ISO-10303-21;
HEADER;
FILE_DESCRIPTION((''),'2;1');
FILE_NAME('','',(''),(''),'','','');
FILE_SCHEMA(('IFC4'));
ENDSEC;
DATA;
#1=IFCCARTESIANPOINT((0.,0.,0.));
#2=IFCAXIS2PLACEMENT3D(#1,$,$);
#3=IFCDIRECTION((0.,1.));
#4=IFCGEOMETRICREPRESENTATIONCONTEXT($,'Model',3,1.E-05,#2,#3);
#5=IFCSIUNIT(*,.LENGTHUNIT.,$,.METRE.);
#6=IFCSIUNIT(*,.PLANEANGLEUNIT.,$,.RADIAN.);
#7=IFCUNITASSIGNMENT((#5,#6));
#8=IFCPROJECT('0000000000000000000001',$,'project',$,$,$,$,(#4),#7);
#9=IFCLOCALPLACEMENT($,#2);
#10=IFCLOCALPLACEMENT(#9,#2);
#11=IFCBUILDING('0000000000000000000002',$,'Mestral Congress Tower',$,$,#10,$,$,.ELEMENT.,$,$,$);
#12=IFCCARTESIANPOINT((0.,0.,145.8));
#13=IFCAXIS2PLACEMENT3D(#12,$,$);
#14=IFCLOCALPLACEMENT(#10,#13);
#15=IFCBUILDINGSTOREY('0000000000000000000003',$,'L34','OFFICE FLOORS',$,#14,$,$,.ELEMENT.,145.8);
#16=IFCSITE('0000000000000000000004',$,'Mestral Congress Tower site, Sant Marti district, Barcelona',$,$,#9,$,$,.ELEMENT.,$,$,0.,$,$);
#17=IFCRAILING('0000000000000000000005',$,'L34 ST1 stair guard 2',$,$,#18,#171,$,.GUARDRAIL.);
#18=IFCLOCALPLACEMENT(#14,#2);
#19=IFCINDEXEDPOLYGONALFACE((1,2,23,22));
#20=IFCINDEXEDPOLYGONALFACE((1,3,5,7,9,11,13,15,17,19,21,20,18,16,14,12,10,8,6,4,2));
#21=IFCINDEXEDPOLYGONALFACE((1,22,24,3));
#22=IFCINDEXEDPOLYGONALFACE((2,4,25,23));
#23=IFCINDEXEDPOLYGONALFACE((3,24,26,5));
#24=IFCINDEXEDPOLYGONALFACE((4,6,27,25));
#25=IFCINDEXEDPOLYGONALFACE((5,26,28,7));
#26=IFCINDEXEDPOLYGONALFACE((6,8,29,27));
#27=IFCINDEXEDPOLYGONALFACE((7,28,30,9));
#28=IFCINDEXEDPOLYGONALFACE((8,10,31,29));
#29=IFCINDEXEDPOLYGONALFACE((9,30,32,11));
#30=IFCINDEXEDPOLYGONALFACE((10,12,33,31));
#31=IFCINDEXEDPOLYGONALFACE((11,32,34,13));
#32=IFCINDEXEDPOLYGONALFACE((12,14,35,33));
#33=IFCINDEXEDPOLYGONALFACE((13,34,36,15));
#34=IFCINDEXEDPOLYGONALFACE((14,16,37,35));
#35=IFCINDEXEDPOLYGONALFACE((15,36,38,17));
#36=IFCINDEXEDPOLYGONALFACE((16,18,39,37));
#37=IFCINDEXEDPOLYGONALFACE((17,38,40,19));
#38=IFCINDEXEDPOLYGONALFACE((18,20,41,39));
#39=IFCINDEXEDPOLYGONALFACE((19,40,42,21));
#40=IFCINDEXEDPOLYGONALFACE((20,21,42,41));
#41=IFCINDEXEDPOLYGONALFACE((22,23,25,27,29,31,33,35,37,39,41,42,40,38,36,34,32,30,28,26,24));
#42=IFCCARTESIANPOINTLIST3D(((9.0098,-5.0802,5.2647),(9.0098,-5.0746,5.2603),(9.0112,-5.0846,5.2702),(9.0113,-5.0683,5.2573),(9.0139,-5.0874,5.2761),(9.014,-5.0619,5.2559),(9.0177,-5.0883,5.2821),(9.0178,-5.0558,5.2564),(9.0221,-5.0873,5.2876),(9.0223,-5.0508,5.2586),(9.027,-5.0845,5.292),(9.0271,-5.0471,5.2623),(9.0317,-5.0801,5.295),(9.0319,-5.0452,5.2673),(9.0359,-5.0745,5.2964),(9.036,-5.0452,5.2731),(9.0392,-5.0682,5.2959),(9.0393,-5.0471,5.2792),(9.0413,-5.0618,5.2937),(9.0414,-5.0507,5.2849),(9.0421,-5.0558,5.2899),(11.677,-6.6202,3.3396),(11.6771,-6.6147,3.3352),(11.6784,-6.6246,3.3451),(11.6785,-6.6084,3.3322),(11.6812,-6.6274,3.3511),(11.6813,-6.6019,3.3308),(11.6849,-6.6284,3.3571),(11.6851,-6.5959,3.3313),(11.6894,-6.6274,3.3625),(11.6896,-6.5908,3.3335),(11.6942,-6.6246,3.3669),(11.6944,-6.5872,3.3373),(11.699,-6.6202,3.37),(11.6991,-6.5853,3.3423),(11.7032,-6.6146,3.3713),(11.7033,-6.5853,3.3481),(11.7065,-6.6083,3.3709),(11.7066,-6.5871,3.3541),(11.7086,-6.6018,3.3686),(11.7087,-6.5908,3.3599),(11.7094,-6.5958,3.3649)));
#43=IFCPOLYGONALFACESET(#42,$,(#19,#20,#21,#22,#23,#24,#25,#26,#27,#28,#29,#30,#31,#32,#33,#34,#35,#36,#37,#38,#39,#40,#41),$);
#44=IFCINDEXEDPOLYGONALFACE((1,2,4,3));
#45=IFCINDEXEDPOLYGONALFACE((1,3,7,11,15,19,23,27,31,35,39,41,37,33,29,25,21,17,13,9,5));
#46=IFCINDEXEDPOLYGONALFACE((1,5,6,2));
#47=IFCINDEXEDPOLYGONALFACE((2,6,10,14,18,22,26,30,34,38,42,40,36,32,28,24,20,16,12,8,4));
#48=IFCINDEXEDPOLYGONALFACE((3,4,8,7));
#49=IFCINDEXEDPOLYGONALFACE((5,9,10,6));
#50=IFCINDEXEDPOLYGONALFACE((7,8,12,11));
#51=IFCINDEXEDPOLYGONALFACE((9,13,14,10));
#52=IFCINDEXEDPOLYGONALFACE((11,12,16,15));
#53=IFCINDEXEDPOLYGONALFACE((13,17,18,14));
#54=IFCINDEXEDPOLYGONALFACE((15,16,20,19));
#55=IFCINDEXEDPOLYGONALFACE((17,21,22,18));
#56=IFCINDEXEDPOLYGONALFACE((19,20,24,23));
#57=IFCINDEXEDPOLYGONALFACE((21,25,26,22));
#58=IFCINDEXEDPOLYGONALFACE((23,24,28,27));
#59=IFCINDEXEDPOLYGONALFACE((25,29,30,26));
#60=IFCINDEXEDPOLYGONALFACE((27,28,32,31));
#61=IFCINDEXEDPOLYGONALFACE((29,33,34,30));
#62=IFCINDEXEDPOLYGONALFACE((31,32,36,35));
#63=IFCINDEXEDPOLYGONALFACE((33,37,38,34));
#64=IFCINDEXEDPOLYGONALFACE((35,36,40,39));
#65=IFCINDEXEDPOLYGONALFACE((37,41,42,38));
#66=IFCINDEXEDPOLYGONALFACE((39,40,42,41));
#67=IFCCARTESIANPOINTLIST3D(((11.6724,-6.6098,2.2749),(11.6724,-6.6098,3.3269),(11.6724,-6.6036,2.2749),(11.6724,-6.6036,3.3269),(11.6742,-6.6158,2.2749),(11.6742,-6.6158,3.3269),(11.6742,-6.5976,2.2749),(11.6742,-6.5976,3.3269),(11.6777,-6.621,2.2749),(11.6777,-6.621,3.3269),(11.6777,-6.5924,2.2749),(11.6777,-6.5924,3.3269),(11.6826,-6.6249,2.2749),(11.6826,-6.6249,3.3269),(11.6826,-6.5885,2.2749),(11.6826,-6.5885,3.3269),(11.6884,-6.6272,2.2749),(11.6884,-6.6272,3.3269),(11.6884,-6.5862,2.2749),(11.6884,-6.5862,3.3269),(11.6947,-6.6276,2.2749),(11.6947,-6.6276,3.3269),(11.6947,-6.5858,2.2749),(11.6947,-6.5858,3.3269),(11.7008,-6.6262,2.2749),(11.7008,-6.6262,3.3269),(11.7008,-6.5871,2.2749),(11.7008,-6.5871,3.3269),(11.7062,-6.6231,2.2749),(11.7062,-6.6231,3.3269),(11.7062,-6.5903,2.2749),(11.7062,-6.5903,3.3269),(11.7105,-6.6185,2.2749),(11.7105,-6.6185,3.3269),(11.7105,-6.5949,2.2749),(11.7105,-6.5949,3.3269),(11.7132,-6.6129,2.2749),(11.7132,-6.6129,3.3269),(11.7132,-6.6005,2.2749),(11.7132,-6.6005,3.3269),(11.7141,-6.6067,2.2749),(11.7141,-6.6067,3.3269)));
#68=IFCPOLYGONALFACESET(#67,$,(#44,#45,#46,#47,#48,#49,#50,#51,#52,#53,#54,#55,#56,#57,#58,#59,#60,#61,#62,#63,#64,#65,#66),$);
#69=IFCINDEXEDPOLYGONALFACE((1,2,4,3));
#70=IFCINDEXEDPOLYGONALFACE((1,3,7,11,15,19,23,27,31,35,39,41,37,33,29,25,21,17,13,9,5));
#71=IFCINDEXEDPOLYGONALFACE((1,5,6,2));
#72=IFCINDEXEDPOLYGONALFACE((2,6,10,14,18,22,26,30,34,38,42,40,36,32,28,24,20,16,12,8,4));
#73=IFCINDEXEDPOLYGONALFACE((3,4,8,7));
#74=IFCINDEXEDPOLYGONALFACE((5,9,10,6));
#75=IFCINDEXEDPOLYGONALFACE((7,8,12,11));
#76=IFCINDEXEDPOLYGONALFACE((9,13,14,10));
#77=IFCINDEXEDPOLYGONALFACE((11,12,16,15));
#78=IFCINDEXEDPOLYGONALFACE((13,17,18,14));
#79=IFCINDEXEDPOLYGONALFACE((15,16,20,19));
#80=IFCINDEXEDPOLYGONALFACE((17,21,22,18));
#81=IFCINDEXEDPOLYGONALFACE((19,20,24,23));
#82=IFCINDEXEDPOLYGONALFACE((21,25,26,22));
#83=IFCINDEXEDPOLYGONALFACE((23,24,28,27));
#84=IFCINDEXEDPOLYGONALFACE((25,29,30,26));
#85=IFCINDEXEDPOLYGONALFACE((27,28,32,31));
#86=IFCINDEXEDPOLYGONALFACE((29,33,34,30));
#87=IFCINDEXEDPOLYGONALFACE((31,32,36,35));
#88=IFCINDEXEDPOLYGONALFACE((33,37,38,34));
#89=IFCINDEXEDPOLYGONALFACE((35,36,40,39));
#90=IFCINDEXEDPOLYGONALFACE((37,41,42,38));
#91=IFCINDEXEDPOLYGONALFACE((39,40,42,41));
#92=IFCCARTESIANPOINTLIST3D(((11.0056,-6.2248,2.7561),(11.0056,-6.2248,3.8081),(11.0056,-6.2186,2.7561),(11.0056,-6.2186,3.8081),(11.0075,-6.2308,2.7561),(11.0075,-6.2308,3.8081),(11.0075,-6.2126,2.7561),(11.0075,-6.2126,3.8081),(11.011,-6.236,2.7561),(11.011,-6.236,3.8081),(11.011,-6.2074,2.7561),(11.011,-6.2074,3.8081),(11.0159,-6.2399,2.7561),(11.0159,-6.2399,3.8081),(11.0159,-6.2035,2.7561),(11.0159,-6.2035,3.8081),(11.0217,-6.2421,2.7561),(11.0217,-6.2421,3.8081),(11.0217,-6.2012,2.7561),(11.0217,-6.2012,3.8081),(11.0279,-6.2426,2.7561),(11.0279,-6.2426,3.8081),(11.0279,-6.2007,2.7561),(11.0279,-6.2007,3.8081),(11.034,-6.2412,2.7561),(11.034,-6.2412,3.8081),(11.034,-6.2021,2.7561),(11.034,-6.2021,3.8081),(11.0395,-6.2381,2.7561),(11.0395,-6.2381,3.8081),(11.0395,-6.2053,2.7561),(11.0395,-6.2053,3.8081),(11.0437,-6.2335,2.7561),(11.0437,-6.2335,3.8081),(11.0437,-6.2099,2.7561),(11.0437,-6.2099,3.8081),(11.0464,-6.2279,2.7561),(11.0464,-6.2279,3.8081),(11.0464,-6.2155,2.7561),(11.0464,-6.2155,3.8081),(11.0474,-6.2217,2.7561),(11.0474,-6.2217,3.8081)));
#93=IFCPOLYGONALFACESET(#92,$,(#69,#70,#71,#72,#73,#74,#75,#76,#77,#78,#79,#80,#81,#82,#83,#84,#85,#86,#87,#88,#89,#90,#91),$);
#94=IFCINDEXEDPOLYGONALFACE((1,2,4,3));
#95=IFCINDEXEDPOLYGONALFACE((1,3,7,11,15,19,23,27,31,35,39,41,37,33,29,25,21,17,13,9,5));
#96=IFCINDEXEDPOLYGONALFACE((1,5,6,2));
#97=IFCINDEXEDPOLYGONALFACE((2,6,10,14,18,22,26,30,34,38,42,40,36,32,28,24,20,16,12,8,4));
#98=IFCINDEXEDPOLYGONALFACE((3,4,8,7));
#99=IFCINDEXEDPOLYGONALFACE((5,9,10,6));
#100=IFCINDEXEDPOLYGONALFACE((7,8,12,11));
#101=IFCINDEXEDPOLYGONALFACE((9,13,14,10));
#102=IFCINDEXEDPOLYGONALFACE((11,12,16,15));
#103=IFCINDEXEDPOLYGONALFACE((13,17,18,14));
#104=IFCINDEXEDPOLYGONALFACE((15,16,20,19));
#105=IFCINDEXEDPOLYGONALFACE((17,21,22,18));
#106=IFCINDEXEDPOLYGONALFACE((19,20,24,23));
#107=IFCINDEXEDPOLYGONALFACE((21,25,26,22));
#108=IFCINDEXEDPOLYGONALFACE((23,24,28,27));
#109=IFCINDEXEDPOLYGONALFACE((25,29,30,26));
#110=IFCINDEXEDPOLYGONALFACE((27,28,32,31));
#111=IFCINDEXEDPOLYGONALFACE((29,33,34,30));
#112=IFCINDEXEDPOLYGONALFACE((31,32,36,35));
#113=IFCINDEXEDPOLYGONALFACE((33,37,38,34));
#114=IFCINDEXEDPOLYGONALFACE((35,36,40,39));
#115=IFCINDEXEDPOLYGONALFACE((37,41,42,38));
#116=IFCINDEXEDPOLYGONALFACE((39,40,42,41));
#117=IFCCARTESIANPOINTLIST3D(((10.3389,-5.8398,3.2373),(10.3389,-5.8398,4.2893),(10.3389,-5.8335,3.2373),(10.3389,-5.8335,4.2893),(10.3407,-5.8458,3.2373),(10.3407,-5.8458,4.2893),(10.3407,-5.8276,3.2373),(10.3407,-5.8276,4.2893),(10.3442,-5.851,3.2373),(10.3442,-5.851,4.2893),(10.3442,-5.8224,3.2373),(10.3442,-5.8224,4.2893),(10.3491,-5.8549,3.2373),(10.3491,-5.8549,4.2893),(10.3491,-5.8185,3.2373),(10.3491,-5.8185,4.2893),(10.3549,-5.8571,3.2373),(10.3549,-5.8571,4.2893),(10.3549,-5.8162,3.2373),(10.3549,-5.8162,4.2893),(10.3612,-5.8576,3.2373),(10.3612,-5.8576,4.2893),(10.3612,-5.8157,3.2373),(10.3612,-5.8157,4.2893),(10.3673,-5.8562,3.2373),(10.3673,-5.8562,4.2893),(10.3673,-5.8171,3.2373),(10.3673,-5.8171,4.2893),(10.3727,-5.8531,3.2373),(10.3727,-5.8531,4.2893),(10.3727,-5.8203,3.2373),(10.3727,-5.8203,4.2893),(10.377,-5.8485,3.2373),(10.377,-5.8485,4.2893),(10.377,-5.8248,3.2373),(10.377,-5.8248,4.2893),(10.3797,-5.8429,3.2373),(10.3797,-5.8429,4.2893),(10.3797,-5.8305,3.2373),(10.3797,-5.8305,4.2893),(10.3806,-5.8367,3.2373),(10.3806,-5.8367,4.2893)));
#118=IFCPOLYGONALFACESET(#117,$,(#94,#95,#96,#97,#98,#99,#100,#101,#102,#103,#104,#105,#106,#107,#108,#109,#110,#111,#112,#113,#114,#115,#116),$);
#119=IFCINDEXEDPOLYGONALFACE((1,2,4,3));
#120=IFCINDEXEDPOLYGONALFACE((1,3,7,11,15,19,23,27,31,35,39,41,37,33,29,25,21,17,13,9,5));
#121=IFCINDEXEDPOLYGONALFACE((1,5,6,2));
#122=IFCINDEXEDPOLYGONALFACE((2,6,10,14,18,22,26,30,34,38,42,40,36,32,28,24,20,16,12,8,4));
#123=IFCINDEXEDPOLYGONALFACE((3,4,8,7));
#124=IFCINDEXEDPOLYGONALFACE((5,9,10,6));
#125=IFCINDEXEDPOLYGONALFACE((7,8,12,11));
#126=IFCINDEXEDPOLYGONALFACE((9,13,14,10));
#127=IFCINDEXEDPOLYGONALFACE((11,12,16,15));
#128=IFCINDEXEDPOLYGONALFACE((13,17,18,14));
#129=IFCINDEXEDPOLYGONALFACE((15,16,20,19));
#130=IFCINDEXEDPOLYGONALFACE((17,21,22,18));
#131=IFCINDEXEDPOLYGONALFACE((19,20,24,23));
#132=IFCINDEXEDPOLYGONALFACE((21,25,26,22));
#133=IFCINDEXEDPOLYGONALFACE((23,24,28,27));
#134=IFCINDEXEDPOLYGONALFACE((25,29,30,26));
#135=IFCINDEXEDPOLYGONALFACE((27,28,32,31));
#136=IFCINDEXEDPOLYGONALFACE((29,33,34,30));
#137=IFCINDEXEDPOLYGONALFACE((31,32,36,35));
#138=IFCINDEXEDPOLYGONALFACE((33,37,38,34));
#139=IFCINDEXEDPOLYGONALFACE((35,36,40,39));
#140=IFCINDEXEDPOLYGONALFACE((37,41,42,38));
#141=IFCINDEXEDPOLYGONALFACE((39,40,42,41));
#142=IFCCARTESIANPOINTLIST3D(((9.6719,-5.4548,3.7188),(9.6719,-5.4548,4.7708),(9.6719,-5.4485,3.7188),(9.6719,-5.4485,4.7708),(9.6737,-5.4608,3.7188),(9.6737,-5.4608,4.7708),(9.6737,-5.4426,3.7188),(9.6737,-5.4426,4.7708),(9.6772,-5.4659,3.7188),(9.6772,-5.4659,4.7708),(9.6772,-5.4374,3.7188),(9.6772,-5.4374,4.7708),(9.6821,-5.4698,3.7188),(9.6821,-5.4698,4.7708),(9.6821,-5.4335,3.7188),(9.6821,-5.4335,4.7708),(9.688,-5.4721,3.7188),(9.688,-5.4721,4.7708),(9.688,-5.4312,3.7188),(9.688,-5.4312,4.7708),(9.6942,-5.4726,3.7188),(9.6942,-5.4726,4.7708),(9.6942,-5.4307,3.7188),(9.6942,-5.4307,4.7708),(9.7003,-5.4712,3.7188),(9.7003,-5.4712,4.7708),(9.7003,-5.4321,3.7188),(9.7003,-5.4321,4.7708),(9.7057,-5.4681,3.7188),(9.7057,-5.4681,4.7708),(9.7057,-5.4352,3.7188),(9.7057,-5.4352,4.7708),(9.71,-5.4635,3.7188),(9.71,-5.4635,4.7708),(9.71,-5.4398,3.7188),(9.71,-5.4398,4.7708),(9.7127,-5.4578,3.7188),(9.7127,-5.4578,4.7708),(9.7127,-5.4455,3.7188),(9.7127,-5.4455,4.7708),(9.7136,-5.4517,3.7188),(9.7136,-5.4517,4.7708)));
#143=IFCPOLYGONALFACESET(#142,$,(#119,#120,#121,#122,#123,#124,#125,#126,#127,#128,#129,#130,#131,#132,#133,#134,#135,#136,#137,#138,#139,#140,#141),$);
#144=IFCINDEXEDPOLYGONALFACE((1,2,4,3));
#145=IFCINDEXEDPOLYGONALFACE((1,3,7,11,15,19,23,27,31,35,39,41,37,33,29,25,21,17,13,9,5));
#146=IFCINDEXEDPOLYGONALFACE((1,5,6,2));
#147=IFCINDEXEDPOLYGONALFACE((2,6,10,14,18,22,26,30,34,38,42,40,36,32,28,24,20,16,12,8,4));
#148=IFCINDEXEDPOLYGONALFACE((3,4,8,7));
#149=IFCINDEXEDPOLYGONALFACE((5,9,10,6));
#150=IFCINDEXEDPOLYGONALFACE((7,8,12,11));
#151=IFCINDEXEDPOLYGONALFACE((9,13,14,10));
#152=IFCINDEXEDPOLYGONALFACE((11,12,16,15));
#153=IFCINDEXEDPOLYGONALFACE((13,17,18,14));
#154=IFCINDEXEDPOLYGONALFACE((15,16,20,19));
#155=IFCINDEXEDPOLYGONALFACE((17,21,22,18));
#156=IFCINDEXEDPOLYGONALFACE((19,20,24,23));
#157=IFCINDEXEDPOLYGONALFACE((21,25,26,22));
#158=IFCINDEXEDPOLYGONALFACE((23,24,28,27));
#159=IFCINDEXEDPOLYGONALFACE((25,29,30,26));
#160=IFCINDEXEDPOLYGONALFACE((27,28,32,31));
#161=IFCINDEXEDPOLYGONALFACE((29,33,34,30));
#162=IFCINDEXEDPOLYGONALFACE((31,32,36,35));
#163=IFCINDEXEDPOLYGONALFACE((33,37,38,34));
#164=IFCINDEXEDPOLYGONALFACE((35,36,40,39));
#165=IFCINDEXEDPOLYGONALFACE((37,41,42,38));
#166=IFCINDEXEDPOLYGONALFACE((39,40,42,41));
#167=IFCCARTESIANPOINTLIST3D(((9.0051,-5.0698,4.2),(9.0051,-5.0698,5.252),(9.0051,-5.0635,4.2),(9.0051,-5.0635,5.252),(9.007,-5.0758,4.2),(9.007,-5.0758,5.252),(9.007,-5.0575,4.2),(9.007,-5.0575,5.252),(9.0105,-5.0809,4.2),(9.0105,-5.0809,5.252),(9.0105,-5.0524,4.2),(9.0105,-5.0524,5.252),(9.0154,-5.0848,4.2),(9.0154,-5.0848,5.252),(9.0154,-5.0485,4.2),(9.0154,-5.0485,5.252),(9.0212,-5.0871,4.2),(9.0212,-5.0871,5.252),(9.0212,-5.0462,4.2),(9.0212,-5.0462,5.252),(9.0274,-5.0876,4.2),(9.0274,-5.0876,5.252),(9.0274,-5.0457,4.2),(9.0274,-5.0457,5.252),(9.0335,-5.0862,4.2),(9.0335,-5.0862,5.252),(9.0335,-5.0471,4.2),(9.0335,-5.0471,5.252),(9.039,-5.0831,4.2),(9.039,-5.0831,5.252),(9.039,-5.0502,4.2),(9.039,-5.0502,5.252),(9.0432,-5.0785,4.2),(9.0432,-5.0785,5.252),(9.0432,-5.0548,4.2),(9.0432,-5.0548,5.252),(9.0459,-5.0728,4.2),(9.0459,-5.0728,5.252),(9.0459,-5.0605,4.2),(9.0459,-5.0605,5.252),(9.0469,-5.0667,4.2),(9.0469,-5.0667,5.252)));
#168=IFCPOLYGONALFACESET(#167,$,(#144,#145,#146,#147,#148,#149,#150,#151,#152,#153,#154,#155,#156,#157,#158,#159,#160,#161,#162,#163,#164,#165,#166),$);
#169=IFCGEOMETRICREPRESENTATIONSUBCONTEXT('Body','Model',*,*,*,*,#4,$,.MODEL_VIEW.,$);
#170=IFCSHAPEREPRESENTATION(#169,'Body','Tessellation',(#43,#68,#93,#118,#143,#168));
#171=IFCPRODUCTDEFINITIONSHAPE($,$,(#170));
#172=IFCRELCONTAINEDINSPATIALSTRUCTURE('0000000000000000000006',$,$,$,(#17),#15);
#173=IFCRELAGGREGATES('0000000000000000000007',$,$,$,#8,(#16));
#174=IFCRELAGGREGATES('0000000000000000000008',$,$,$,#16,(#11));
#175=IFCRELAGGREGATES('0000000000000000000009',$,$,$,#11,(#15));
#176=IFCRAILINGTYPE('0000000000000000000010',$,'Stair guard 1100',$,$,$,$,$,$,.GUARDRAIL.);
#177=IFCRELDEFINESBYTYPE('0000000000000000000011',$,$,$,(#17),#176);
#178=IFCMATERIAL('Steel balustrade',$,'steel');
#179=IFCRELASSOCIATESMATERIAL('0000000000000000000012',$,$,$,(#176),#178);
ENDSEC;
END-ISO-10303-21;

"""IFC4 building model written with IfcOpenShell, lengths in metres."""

from ifc_helpers import new_model, si_unit, direction, frame, origin, origin_2d, place, context, subcontext, project, spatial, circle, extrude, material, type_object, element, save


model = new_model("IFC4")

# Units and contexts
model_context = context("Model", 3, precision=1e-05, world=origin(), true_north=direction((0.0, 1.0)))
body_context = subcontext(model_context, "Body", "Model", "MODEL_VIEW")
ifc_project = project(units=[si_unit("LENGTHUNIT", "METRE"), si_unit("PLANEANGLEUNIT", "RADIAN")], contexts=[model_context])

# Site, building, storey
site_placement = place(None, origin())
site = spatial("IfcSite", under=ifc_project, at=site_placement, Name="Mestral Congress Tower site, Sant Marti district, Barcelona", CompositionType="ELEMENT", RefElevation=0.0)
building_placement = place(site_placement, origin())
building = spatial("IfcBuilding", under=site, at=building_placement, Name="Mestral Congress Tower", CompositionType="ELEMENT")
storey_placement = place(building_placement, frame((0.0, 0.0, 145.8)))
storey = spatial("IfcBuildingStorey", under=building, at=storey_placement, Name="L34", Description="OFFICE FLOORS", CompositionType="ELEMENT", Elevation=145.8)

# Railing
ifc_material_1 = material(Name="Steel balustrade", Category="steel")
railing_type_1 = type_object("IfcRailingType", Name="Stair guard 1100", PredefinedType="GUARDRAIL", material=ifc_material_1)
railing_1_placement = place(storey_placement, frame((11.6931, -6.6067, 2.2749)))
element("IfcRailing", 1, at=railing_1_placement, inside=storey, type_object=railing_type_1, Name="L34 ST1 stair guard 2", PredefinedType="GUARDRAIL", context=body_context, shape_type="SweptSolid", body=[
    extrude(circle(Radius=0.0239, at=origin_2d()), frame((0.0, 0.0, 1.0762), z_axis=(-0.734364, 0.424015, 0.530019), x_axis=(-0.500027, -0.86601, 0.0)), (0.0, 0.0, 1.0), 3.6321),
    extrude(circle(Radius=0.021, at=origin_2d()), origin(), (0.0, 0.0, 1.0), 1.052),
    extrude(circle(Radius=0.021, at=origin_2d()), frame((-0.6667, 0.385, 0.4812)), (0.0, 0.0, 1.0), 1.052),
    extrude(circle(Radius=0.021, at=origin_2d()), frame((-1.3335, 0.77, 0.9624)), (0.0, 0.0, 1.0), 1.052),
    extrude(circle(Radius=0.021, at=origin_2d()), frame((-2.0005, 1.155, 1.4438)), (0.0, 0.0, 1.0), 1.052),
    extrude(circle(Radius=0.021, at=origin_2d()), frame((-2.6672, 1.54, 1.925)), (0.0, 0.0, 1.0), 1.052),
])

save(model, "model.ifc")
